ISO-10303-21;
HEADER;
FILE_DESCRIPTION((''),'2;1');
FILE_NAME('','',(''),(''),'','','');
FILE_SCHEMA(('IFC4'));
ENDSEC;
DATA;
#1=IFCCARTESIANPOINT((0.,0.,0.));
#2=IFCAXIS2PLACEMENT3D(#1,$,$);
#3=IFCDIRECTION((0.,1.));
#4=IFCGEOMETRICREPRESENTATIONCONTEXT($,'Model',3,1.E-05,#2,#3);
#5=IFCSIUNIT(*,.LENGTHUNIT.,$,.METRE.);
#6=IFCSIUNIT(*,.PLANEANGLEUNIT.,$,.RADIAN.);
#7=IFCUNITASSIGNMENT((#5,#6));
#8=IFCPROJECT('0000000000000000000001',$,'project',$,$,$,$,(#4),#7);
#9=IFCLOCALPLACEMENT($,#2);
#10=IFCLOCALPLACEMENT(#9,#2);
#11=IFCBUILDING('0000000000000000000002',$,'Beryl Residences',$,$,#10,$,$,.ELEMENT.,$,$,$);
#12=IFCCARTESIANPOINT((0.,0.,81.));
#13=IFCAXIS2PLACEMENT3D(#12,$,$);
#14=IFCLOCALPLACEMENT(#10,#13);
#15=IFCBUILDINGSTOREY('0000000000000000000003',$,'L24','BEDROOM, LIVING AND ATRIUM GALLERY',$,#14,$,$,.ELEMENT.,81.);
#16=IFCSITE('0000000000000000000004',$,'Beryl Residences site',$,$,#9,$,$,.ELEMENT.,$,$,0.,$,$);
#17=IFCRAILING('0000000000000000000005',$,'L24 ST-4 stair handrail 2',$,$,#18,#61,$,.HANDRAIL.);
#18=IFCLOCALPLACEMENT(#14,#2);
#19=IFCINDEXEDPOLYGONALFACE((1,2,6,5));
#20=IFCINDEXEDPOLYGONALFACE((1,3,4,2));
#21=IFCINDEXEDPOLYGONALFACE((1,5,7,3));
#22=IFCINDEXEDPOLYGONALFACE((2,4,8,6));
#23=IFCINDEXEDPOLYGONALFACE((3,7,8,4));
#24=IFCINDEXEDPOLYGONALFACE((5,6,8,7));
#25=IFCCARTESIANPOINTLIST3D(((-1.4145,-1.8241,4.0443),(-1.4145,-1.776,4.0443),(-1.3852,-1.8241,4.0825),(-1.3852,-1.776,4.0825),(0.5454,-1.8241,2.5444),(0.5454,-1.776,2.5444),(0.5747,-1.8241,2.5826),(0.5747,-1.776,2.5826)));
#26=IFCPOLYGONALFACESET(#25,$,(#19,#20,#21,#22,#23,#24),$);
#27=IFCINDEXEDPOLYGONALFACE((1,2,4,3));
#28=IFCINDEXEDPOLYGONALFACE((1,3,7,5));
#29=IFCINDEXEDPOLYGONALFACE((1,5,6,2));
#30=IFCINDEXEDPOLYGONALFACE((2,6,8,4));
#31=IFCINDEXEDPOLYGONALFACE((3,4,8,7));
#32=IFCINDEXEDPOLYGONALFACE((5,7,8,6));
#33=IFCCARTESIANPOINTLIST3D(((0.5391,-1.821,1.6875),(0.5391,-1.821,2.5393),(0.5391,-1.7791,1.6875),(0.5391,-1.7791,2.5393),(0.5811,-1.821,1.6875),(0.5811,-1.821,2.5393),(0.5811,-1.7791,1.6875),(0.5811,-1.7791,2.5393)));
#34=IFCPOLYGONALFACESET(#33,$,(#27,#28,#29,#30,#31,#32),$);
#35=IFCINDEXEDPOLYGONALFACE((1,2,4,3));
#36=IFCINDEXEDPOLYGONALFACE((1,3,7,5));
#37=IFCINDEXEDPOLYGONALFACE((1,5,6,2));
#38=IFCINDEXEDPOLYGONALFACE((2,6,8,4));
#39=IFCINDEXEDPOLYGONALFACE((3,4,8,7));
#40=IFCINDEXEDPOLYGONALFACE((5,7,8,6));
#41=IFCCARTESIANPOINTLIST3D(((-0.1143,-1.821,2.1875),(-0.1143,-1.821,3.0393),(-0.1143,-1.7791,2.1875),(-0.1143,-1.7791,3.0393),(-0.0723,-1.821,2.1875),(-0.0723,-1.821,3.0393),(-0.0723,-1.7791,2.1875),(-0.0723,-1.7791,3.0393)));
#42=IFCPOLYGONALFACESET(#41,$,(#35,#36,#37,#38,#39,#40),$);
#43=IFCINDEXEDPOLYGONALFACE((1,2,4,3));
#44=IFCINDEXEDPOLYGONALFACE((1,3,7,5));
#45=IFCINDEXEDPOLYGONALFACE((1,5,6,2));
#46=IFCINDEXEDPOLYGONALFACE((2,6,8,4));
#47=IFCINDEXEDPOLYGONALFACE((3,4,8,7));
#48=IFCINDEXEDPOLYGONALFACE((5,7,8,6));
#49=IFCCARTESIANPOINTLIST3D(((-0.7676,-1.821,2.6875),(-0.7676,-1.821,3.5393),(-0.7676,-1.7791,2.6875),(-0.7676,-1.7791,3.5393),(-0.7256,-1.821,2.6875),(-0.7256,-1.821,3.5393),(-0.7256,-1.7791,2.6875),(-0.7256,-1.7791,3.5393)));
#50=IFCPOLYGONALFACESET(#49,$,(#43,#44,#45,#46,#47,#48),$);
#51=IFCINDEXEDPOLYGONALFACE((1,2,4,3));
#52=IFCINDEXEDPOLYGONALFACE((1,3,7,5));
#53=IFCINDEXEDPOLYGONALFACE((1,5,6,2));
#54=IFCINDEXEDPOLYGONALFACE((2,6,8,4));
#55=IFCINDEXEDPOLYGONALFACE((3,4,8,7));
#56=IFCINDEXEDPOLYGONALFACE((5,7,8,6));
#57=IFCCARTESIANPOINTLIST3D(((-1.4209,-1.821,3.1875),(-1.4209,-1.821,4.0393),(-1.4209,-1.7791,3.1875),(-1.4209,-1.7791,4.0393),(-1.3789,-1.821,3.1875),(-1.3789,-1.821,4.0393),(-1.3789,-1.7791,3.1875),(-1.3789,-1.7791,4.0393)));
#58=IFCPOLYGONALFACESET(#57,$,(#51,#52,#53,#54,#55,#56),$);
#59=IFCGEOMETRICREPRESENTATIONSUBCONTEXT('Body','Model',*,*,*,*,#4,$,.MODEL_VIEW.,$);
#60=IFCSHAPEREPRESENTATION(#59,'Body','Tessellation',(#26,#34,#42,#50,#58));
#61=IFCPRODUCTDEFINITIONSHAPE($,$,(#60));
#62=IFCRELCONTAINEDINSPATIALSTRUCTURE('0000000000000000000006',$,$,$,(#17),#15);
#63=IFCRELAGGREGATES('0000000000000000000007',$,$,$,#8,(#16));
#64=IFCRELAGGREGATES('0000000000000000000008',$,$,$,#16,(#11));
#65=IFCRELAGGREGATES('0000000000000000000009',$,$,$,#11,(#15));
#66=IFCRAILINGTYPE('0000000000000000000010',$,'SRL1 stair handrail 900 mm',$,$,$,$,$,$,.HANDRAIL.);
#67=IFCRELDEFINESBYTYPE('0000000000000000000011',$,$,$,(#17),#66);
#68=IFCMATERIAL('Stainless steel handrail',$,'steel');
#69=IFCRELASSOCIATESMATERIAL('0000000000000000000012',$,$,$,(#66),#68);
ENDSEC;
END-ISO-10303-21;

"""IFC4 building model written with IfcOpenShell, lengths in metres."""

from ifc_helpers import new_model, si_unit, direction, frame, origin, origin_2d, place, context, subcontext, project, spatial, rectangle, extrude, material, type_object, element, save


model = new_model("IFC4")

# Units and contexts
model_context = context("Model", 3, precision=1e-05, world=origin(), true_north=direction((0.0, 1.0)))
body_context = subcontext(model_context, "Body", "Model", "MODEL_VIEW")
ifc_project = project(units=[si_unit("LENGTHUNIT", "METRE"), si_unit("PLANEANGLEUNIT", "RADIAN")], contexts=[model_context])

# Site, building, storey
site_placement = place(None, origin())
site = spatial("IfcSite", under=ifc_project, at=site_placement, Name="Beryl Residences site", CompositionType="ELEMENT", RefElevation=0.0)
building_placement = place(site_placement, origin())
building = spatial("IfcBuilding", under=site, at=building_placement, Name="Beryl Residences", CompositionType="ELEMENT")
storey_placement = place(building_placement, frame((0.0, 0.0, 81.0)))
storey = spatial("IfcBuildingStorey", under=building, at=storey_placement, Name="L24", Description="BEDROOM, LIVING AND ATRIUM GALLERY", CompositionType="ELEMENT", Elevation=81.0)

# Railing
ifc_material_1 = material(Name="Stainless steel handrail", Category="steel")
railing_type_1 = type_object("IfcRailingType", Name="SRL1 stair handrail 900 mm", PredefinedType="HANDRAIL", material=ifc_material_1)
railing_1_placement = place(storey_placement, frame((0.5601, -1.8, 1.6875)))
element("IfcRailing", 1, at=railing_1_placement, inside=storey, type_object=railing_type_1, Name="L24 ST-4 stair handrail 2", PredefinedType="HANDRAIL", context=body_context, shape_type="SweptSolid", body=[
    extrude(rectangle(XDim=0.0481, YDim=0.0481, at=origin_2d()), frame((0.0, 0.0, 0.876), z_axis=(-0.794122, 0.0, 0.607758), x_axis=(0.0, -1.0, 0.0)), (0.0, 0.0, 1.0), 2.468),
    extrude(rectangle(XDim=0.042, YDim=0.042, at=origin_2d()), origin(), (0.0, 0.0, 1.0), 0.8518),
    extrude(rectangle(XDim=0.042, YDim=0.042, at=origin_2d()), frame((-0.6533, 0.0, 0.5)), (0.0, 0.0, 1.0), 0.8518),
    extrude(rectangle(XDim=0.042, YDim=0.042, at=origin_2d()), frame((-1.3066, 0.0, 1.0)), (0.0, 0.0, 1.0), 0.8518),
    extrude(rectangle(XDim=0.042, YDim=0.042, at=origin_2d()), frame((-1.96, 0.0, 1.5)), (0.0, 0.0, 1.0), 0.8518),
])

save(model, "model.ifc")
